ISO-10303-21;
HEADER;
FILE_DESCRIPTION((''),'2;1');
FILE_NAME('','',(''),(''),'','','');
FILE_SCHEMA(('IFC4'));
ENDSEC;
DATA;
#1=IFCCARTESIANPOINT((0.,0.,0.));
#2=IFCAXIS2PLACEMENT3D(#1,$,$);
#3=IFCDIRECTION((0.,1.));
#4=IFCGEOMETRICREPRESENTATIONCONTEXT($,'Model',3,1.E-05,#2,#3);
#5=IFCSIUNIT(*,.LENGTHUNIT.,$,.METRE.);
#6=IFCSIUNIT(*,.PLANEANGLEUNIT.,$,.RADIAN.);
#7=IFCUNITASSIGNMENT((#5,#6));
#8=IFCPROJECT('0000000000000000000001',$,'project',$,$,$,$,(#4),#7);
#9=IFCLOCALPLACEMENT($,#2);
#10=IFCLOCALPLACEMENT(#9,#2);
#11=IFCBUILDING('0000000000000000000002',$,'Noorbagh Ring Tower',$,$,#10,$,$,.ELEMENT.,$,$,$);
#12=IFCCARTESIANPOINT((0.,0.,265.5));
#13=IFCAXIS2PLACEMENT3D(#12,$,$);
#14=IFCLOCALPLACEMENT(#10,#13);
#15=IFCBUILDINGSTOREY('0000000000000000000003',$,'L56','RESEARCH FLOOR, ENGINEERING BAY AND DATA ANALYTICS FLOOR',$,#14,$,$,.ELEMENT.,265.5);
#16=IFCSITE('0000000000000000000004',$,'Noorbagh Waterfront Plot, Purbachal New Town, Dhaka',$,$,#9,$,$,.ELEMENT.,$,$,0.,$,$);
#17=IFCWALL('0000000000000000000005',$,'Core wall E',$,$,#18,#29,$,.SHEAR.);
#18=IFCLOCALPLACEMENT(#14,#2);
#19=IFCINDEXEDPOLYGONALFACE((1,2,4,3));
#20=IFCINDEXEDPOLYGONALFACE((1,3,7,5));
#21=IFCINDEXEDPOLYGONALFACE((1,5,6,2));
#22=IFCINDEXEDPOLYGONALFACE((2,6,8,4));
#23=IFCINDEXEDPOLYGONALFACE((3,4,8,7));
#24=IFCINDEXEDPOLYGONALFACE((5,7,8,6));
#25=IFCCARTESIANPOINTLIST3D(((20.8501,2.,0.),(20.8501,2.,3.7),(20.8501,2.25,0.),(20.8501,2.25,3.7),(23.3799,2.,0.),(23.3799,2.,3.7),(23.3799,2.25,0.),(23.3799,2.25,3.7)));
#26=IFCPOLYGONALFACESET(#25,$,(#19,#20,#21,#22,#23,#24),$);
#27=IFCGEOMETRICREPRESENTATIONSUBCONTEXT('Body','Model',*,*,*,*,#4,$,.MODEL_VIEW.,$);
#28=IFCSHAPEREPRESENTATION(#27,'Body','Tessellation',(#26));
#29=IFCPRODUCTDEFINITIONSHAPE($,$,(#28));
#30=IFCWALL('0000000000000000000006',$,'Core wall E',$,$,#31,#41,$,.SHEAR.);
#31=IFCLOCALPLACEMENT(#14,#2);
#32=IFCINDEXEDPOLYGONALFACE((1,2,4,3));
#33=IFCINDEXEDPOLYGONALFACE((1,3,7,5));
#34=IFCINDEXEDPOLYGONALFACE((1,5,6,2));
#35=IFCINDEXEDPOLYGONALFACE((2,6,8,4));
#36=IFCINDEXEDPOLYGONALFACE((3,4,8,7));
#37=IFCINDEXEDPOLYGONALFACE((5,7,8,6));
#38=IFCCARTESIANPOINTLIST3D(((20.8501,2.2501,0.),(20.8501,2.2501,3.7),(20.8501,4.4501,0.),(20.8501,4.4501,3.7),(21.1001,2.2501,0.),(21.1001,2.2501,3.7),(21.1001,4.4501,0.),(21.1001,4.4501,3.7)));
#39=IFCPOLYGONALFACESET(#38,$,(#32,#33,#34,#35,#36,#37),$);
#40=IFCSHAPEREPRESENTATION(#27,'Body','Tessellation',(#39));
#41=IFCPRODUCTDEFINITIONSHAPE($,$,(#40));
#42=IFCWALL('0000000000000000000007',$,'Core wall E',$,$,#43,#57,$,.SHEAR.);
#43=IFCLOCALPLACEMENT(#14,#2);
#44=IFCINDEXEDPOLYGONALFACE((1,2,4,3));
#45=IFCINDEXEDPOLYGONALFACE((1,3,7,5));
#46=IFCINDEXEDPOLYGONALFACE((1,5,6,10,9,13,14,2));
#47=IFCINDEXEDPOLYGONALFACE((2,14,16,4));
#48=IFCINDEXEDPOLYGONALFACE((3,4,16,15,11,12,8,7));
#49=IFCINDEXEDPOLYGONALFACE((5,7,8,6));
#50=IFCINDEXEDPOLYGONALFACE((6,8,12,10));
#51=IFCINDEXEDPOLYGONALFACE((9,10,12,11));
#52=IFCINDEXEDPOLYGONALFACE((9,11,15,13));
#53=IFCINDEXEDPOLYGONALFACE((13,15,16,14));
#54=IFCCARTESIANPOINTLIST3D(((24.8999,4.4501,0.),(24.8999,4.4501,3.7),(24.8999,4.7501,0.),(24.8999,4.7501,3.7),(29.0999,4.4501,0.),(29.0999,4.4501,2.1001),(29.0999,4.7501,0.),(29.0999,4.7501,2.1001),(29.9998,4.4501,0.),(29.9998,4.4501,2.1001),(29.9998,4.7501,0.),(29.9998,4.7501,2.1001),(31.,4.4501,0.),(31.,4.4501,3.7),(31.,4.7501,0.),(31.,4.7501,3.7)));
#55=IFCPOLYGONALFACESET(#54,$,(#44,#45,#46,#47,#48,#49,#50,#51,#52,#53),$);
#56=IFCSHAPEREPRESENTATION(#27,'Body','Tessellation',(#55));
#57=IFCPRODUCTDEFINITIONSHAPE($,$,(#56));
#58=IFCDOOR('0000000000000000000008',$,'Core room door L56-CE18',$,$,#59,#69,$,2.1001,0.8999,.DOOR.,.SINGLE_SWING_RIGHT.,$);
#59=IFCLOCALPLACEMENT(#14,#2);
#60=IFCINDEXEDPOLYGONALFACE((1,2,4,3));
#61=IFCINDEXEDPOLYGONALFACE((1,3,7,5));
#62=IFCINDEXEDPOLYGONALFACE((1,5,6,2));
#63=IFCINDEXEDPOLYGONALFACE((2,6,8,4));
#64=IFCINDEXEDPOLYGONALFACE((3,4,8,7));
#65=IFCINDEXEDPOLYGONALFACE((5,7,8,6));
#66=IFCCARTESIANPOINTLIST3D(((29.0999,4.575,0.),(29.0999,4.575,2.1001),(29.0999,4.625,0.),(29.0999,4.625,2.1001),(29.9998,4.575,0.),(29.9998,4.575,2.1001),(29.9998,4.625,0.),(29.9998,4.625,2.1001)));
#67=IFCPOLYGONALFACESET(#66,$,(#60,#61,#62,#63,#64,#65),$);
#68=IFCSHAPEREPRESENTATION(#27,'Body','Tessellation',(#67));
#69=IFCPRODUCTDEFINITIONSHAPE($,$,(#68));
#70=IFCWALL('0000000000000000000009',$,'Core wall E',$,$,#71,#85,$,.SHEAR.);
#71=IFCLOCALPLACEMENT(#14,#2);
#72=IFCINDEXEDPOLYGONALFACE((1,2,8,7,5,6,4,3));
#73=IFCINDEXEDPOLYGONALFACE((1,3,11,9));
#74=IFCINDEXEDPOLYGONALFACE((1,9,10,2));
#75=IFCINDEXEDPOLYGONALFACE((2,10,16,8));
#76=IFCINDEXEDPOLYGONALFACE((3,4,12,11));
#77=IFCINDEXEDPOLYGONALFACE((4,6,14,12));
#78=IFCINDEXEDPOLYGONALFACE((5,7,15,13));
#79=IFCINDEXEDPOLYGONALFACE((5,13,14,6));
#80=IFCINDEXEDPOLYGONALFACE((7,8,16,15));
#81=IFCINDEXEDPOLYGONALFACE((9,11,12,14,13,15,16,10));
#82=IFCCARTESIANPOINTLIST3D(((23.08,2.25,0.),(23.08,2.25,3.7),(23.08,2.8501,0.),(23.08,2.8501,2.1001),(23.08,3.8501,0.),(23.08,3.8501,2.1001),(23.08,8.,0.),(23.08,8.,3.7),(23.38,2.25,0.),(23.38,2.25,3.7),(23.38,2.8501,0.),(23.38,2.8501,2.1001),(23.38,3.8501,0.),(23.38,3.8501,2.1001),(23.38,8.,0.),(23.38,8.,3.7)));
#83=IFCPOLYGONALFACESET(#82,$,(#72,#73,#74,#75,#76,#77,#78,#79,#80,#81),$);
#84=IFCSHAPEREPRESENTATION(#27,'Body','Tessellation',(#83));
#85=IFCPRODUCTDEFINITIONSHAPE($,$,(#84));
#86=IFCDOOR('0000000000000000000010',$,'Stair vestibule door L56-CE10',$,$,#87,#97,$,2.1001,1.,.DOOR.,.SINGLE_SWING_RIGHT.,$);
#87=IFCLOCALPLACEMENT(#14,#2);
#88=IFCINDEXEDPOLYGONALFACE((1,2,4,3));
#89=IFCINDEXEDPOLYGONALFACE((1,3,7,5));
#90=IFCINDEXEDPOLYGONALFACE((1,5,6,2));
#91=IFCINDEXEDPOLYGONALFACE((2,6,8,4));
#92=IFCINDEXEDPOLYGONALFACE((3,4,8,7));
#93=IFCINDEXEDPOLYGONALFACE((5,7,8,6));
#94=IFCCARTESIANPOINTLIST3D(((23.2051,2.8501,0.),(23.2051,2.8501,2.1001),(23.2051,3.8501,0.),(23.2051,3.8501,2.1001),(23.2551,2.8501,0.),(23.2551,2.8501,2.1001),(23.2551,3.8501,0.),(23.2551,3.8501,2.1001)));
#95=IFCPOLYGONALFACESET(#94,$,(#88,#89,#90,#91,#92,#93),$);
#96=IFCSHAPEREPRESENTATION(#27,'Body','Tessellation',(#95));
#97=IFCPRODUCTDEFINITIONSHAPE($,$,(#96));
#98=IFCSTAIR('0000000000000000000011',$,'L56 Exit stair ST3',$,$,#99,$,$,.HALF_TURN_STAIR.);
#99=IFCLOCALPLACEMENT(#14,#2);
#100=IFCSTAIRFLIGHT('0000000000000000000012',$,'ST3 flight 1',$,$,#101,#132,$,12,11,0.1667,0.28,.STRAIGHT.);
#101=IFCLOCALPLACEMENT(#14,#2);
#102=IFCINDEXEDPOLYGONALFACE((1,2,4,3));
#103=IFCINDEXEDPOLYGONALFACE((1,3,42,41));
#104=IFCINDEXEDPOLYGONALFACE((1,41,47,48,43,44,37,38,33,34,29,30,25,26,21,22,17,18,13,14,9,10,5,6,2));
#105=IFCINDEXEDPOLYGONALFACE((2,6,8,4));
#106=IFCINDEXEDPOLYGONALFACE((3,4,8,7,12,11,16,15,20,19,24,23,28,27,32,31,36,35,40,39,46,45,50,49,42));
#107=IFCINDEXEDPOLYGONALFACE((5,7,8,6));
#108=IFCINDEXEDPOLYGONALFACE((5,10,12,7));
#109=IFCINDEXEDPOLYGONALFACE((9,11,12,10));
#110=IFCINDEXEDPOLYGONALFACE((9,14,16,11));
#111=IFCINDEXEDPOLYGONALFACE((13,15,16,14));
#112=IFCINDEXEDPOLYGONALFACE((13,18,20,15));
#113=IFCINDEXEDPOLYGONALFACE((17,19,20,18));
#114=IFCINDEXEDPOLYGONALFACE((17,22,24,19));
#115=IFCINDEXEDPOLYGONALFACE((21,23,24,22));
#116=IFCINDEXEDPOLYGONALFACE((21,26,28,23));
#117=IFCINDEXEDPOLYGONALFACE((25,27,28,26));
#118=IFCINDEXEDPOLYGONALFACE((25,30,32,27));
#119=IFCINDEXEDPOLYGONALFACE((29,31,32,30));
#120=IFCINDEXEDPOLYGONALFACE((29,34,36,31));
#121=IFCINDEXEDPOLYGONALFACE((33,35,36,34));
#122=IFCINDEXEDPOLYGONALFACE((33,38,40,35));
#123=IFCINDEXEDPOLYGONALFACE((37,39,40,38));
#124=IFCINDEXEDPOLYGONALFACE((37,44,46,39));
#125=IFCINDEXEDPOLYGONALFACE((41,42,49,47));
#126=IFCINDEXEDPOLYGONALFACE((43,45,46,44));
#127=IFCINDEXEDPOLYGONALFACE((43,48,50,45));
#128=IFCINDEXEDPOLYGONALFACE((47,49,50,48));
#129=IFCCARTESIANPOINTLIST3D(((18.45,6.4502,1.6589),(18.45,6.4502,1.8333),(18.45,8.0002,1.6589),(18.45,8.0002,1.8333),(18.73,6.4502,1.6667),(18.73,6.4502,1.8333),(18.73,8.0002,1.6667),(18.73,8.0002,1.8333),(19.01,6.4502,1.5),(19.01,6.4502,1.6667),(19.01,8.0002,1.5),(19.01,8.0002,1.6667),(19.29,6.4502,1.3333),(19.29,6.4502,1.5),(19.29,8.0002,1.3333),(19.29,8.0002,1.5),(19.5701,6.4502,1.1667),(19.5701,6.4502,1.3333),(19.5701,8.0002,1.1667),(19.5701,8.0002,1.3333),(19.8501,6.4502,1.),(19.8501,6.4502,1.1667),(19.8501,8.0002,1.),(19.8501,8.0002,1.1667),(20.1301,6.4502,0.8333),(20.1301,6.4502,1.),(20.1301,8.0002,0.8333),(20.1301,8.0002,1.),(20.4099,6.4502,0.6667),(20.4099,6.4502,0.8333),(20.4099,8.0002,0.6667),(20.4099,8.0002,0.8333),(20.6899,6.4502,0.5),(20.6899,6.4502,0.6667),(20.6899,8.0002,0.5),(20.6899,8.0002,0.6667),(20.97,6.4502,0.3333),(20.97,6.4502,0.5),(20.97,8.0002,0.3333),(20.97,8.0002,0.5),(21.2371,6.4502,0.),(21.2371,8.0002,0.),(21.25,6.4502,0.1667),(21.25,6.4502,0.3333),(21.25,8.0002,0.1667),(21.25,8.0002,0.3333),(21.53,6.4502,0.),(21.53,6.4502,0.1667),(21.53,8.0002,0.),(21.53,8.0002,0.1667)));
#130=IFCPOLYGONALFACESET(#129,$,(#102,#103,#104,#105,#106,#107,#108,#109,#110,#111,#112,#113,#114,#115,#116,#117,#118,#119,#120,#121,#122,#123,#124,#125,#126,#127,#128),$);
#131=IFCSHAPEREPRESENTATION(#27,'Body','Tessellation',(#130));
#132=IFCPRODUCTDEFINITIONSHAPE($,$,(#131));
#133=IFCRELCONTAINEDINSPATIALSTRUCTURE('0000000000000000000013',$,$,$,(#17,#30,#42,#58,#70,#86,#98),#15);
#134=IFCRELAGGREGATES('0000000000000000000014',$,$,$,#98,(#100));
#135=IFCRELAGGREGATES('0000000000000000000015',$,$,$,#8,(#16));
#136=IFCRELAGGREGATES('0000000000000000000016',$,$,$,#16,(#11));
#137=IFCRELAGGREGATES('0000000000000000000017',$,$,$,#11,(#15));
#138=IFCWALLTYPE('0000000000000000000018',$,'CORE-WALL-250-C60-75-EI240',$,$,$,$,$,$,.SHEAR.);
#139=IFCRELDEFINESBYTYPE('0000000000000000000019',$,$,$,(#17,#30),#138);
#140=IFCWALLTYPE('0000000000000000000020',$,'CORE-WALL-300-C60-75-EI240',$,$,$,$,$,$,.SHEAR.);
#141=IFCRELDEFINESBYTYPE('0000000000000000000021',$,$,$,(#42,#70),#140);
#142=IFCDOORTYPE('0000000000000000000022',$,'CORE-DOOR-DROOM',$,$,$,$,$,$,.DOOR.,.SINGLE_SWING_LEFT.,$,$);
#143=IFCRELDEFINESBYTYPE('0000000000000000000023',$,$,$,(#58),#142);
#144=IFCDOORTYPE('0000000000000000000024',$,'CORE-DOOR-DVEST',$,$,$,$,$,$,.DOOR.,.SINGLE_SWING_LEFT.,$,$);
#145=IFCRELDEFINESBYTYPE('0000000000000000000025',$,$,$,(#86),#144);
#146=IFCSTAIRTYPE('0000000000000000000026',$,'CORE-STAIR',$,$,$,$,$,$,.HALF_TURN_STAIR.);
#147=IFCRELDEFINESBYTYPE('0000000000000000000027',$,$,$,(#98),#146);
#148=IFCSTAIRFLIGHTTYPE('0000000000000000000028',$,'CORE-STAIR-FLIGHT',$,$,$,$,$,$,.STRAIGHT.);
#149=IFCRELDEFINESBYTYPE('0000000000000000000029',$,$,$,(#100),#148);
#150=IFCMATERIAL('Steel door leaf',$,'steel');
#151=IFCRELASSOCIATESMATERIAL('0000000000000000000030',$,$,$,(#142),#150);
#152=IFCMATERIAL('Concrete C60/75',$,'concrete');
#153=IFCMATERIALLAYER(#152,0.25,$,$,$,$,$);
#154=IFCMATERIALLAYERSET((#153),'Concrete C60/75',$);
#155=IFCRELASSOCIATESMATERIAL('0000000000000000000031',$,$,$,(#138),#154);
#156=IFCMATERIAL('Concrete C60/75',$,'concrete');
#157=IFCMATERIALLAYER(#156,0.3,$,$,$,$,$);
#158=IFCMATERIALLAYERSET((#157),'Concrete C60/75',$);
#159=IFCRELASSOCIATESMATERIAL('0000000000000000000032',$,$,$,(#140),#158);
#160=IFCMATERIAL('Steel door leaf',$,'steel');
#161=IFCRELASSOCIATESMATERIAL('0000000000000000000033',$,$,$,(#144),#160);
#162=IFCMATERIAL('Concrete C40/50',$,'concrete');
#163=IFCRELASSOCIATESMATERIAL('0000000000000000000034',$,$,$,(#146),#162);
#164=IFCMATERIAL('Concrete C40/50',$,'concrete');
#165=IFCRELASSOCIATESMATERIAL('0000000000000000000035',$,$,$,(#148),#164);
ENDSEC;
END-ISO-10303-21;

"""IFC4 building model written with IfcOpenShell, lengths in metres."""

from ifc_helpers import new_model, si_unit, direction, frame, frame_2d, origin, place, context, subcontext, project, spatial, polyline, rectangle, outline, extrude, material, layer, layer_set, type_object, element, fill, aggregate, save


model = new_model("IFC4")

# Units and contexts
model_context = context("Model", 3, precision=1e-05, world=origin(), true_north=direction((0.0, 1.0)))
body_context = subcontext(model_context, "Body", "Model", "MODEL_VIEW")
ifc_project = project(units=[si_unit("LENGTHUNIT", "METRE"), si_unit("PLANEANGLEUNIT", "RADIAN")], contexts=[model_context])

# Site, building, storey
site_placement = place(None, origin())
site = spatial("IfcSite", under=ifc_project, at=site_placement, Name="Noorbagh Waterfront Plot, Purbachal New Town, Dhaka", CompositionType="ELEMENT", RefElevation=0.0)
building_placement = place(site_placement, origin())
building = spatial("IfcBuilding", under=site, at=building_placement, Name="Noorbagh Ring Tower", CompositionType="ELEMENT")
storey_placement = place(building_placement, frame((0.0, 0.0, 265.5)))
storey = spatial("IfcBuildingStorey", under=building, at=storey_placement, Name="L56", Description="RESEARCH FLOOR, ENGINEERING BAY AND DATA ANALYTICS FLOOR", CompositionType="ELEMENT", Elevation=265.5)

# Shared definitions
ifc_material_1 = material(Name="Steel door leaf", Category="steel")
door_type_1 = type_object("IfcDoorType", Name="CORE-DOOR-DROOM", OperationType="SINGLE_SWING_LEFT", PredefinedType="DOOR", material=ifc_material_1)

# Walls
ifc_material_2 = material(Name="Concrete C60/75", Category="concrete")
ifc_layer_1 = layer(ifc_material_2, 0.25)
ifc_layer_set_1 = layer_set([ifc_layer_1], Name="Concrete C60/75")
wall_type_1 = type_object("IfcWallType", Name="CORE-WALL-250-C60-75-EI240", PredefinedType="SHEAR", material=ifc_layer_set_1)
wall_1_placement = place(storey_placement, frame((20.8501, 2.125, 0.0), z_axis=(0.0, 0.0, 1.0), x_axis=(1.0, 0.0, 0.0)))
element("IfcWall", 1, at=wall_1_placement, inside=storey, type_object=wall_type_1, Name="Core wall E", PredefinedType="SHEAR", context=body_context, shape_type="SweptSolid", body=[
    extrude(rectangle(XDim=2.5298, YDim=0.25, at=frame_2d((1.2649, 0.0))), origin(), (0.0, 0.0, 1.0), 3.7),
])
wall_2_placement = place(storey_placement, frame((20.9751, 2.25, 0.0), z_axis=(0.0, 0.0, 1.0), x_axis=(0.0, 1.0, 0.0)))
element("IfcWall", 2, at=wall_2_placement, inside=storey, type_object=wall_type_1, Name="Core wall E", PredefinedType="SHEAR", context=body_context, shape_type="SweptSolid", body=[
    extrude(rectangle(XDim=2.2, YDim=0.25, at=frame_2d((1.1001, 0.0))), origin(), (0.0, 0.0, 1.0), 3.7),
])

# Walls, openings, doors
ifc_material_3 = material(Name="Concrete C60/75", Category="concrete")
ifc_layer_2 = layer(ifc_material_3, 0.3)
ifc_layer_set_2 = layer_set([ifc_layer_2], Name="Concrete C60/75")
wall_type_2 = type_object("IfcWallType", Name="CORE-WALL-300-C60-75-EI240", PredefinedType="SHEAR", material=ifc_layer_set_2)
wall_3_placement = place(storey_placement, frame((24.8999, 4.6001, 0.0), z_axis=(0.0, 0.0, 1.0), x_axis=(1.0, 0.0, 0.0)))
wall_3 = element("IfcWall", 3, at=wall_3_placement, inside=storey, type_object=wall_type_2, Name="Core wall E", PredefinedType="SHEAR", context=body_context, shape_type="SweptSolid", body=[
    extrude(rectangle(XDim=6.1001, YDim=0.3, at=frame_2d((3.05, 0.0))), origin(), (0.0, 0.0, 1.0), 3.7),
])
opening_1_placement = place(wall_3_placement, frame((4.2, 0.0, 0.0)))
opening_1 = element("IfcOpeningElement", 4, at=opening_1_placement, cuts=wall_3, PredefinedType="OPENING", context=body_context, shape_type="SweptSolid", body=[
    extrude(rectangle(XDim=0.8999, YDim=2.1001, at=frame_2d((0.45, 1.05))), frame((0.0, 0.1602, 0.0), z_axis=(0.0, -1.0, 0.0), x_axis=(1.0, 0.0, 0.0)), (0.0, 0.0, 1.0), 0.3201),
])
door_1_placement = place(opening_1_placement, origin())
door_1 = element("IfcDoor", 5, at=door_1_placement, inside=storey, type_object=door_type_1, Name="Core room door L56-CE18", OperationType="SINGLE_SWING_RIGHT", OverallHeight=2.1001, OverallWidth=0.8999, PredefinedType="DOOR", context=body_context, shape_type="SweptSolid", body=[
    extrude(rectangle(XDim=0.8999, YDim=2.1001, at=frame_2d((0.45, 1.05))), frame((0.0, 0.0249, 0.0), z_axis=(0.0, -1.0, 0.0), x_axis=(1.0, 0.0, 0.0)), (0.0, 0.0, 1.0), 0.05),
])
fill(opening_1, door_1)
wall_4_placement = place(storey_placement, frame((23.23, 2.25, 0.0), z_axis=(0.0, 0.0, 1.0), x_axis=(0.0, 1.0, 0.0)))
wall_4 = element("IfcWall", 6, at=wall_4_placement, inside=storey, type_object=wall_type_2, Name="Core wall E", PredefinedType="SHEAR", context=body_context, shape_type="SweptSolid", body=[
    extrude(rectangle(XDim=5.75, YDim=0.3, at=frame_2d((2.875, 0.0))), origin(), (0.0, 0.0, 1.0), 3.7),
])
opening_2_placement = place(wall_4_placement, frame((0.6001, 0.0, 0.0)))
opening_2 = element("IfcOpeningElement", 7, at=opening_2_placement, cuts=wall_4, PredefinedType="OPENING", context=body_context, shape_type="SweptSolid", body=[
    extrude(rectangle(XDim=1.0, YDim=2.1001, at=frame_2d((0.5, 1.05))), frame((0.0, 0.1602, 0.0), z_axis=(0.0, -1.0, 0.0), x_axis=(1.0, 0.0, 0.0)), (0.0, 0.0, 1.0), 0.3201),
])
ifc_material_4 = material(Name="Steel door leaf", Category="steel")
door_type_2 = type_object("IfcDoorType", Name="CORE-DOOR-DVEST", OperationType="SINGLE_SWING_LEFT", PredefinedType="DOOR", material=ifc_material_4)
door_2_placement = place(opening_2_placement, origin())
door_2 = element("IfcDoor", 8, at=door_2_placement, inside=storey, type_object=door_type_2, Name="Stair vestibule door L56-CE10", OperationType="SINGLE_SWING_RIGHT", OverallHeight=2.1001, OverallWidth=1.0, PredefinedType="DOOR", context=body_context, shape_type="SweptSolid", body=[
    extrude(rectangle(XDim=1.0, YDim=2.1001, at=frame_2d((0.5, 1.05))), frame((0.0, 0.0249, 0.0), z_axis=(0.0, -1.0, 0.0), x_axis=(1.0, 0.0, 0.0)), (0.0, 0.0, 1.0), 0.05),
])
fill(opening_2, door_2)

# Stair, stair flight
ifc_material_5 = material(Name="Concrete C40/50", Category="concrete")
stair_type = type_object("IfcStairType", Name="CORE-STAIR", PredefinedType="HALF_TURN_STAIR", material=ifc_material_5)
stair_placement = place(storey_placement, origin())
stair = element("IfcStair", 9, at=stair_placement, inside=storey, type_object=stair_type, Name="L56 Exit stair ST3", PredefinedType="HALF_TURN_STAIR")
ifc_material_6 = material(Name="Concrete C40/50", Category="concrete")
stair_flight_type = type_object("IfcStairFlightType", Name="CORE-STAIR-FLIGHT", PredefinedType="STRAIGHT", material=ifc_material_6)
stair_flight_placement = place(storey_placement, frame((21.53, 7.2251, 0.0), z_axis=(0.0, 0.0, 1.0), x_axis=(-1.0, 0.0, 0.0)))
stair_flight = element("IfcStairFlight", 10, at=stair_flight_placement, type_object=stair_flight_type, Name="ST3 flight 1", NumberOfRisers=12, NumberOfTreads=11, PredefinedType="STRAIGHT", RiserHeight=0.1667, TreadLength=0.28, context=body_context, shape_type="SweptSolid", body=[
    extrude(outline(polyline([(0.0, 0.0), (0.0, 0.1667), (0.28, 0.1667), (0.28, 0.3333), (0.5601, 0.3333), (0.5601, 0.5), (0.8401, 0.5), (0.8401, 0.6667), (1.1201, 0.6667), (1.1201, 0.8333), (1.3999, 0.8333), (1.3999, 1.0), (1.6799, 1.0), (1.6799, 1.1667), (1.96, 1.1667), (1.96, 1.3333), (2.24, 1.3333), (2.24, 1.5), (2.52, 1.5), (2.52, 1.6667), (2.8, 1.6667), (2.8, 1.8333), (3.0801, 1.8333), (3.0801, 2.0), (3.0801, 1.6589), (0.293, 0.0), (0.0, 0.0)])), frame((0.0, 0.7749, 0.0), z_axis=(0.0, -1.0, 0.0), x_axis=(1.0, 0.0, 0.0)), (0.0, 0.0, 1.0), 1.55),
])
aggregate(stair, [stair_flight])

save(model, "model.ifc")
